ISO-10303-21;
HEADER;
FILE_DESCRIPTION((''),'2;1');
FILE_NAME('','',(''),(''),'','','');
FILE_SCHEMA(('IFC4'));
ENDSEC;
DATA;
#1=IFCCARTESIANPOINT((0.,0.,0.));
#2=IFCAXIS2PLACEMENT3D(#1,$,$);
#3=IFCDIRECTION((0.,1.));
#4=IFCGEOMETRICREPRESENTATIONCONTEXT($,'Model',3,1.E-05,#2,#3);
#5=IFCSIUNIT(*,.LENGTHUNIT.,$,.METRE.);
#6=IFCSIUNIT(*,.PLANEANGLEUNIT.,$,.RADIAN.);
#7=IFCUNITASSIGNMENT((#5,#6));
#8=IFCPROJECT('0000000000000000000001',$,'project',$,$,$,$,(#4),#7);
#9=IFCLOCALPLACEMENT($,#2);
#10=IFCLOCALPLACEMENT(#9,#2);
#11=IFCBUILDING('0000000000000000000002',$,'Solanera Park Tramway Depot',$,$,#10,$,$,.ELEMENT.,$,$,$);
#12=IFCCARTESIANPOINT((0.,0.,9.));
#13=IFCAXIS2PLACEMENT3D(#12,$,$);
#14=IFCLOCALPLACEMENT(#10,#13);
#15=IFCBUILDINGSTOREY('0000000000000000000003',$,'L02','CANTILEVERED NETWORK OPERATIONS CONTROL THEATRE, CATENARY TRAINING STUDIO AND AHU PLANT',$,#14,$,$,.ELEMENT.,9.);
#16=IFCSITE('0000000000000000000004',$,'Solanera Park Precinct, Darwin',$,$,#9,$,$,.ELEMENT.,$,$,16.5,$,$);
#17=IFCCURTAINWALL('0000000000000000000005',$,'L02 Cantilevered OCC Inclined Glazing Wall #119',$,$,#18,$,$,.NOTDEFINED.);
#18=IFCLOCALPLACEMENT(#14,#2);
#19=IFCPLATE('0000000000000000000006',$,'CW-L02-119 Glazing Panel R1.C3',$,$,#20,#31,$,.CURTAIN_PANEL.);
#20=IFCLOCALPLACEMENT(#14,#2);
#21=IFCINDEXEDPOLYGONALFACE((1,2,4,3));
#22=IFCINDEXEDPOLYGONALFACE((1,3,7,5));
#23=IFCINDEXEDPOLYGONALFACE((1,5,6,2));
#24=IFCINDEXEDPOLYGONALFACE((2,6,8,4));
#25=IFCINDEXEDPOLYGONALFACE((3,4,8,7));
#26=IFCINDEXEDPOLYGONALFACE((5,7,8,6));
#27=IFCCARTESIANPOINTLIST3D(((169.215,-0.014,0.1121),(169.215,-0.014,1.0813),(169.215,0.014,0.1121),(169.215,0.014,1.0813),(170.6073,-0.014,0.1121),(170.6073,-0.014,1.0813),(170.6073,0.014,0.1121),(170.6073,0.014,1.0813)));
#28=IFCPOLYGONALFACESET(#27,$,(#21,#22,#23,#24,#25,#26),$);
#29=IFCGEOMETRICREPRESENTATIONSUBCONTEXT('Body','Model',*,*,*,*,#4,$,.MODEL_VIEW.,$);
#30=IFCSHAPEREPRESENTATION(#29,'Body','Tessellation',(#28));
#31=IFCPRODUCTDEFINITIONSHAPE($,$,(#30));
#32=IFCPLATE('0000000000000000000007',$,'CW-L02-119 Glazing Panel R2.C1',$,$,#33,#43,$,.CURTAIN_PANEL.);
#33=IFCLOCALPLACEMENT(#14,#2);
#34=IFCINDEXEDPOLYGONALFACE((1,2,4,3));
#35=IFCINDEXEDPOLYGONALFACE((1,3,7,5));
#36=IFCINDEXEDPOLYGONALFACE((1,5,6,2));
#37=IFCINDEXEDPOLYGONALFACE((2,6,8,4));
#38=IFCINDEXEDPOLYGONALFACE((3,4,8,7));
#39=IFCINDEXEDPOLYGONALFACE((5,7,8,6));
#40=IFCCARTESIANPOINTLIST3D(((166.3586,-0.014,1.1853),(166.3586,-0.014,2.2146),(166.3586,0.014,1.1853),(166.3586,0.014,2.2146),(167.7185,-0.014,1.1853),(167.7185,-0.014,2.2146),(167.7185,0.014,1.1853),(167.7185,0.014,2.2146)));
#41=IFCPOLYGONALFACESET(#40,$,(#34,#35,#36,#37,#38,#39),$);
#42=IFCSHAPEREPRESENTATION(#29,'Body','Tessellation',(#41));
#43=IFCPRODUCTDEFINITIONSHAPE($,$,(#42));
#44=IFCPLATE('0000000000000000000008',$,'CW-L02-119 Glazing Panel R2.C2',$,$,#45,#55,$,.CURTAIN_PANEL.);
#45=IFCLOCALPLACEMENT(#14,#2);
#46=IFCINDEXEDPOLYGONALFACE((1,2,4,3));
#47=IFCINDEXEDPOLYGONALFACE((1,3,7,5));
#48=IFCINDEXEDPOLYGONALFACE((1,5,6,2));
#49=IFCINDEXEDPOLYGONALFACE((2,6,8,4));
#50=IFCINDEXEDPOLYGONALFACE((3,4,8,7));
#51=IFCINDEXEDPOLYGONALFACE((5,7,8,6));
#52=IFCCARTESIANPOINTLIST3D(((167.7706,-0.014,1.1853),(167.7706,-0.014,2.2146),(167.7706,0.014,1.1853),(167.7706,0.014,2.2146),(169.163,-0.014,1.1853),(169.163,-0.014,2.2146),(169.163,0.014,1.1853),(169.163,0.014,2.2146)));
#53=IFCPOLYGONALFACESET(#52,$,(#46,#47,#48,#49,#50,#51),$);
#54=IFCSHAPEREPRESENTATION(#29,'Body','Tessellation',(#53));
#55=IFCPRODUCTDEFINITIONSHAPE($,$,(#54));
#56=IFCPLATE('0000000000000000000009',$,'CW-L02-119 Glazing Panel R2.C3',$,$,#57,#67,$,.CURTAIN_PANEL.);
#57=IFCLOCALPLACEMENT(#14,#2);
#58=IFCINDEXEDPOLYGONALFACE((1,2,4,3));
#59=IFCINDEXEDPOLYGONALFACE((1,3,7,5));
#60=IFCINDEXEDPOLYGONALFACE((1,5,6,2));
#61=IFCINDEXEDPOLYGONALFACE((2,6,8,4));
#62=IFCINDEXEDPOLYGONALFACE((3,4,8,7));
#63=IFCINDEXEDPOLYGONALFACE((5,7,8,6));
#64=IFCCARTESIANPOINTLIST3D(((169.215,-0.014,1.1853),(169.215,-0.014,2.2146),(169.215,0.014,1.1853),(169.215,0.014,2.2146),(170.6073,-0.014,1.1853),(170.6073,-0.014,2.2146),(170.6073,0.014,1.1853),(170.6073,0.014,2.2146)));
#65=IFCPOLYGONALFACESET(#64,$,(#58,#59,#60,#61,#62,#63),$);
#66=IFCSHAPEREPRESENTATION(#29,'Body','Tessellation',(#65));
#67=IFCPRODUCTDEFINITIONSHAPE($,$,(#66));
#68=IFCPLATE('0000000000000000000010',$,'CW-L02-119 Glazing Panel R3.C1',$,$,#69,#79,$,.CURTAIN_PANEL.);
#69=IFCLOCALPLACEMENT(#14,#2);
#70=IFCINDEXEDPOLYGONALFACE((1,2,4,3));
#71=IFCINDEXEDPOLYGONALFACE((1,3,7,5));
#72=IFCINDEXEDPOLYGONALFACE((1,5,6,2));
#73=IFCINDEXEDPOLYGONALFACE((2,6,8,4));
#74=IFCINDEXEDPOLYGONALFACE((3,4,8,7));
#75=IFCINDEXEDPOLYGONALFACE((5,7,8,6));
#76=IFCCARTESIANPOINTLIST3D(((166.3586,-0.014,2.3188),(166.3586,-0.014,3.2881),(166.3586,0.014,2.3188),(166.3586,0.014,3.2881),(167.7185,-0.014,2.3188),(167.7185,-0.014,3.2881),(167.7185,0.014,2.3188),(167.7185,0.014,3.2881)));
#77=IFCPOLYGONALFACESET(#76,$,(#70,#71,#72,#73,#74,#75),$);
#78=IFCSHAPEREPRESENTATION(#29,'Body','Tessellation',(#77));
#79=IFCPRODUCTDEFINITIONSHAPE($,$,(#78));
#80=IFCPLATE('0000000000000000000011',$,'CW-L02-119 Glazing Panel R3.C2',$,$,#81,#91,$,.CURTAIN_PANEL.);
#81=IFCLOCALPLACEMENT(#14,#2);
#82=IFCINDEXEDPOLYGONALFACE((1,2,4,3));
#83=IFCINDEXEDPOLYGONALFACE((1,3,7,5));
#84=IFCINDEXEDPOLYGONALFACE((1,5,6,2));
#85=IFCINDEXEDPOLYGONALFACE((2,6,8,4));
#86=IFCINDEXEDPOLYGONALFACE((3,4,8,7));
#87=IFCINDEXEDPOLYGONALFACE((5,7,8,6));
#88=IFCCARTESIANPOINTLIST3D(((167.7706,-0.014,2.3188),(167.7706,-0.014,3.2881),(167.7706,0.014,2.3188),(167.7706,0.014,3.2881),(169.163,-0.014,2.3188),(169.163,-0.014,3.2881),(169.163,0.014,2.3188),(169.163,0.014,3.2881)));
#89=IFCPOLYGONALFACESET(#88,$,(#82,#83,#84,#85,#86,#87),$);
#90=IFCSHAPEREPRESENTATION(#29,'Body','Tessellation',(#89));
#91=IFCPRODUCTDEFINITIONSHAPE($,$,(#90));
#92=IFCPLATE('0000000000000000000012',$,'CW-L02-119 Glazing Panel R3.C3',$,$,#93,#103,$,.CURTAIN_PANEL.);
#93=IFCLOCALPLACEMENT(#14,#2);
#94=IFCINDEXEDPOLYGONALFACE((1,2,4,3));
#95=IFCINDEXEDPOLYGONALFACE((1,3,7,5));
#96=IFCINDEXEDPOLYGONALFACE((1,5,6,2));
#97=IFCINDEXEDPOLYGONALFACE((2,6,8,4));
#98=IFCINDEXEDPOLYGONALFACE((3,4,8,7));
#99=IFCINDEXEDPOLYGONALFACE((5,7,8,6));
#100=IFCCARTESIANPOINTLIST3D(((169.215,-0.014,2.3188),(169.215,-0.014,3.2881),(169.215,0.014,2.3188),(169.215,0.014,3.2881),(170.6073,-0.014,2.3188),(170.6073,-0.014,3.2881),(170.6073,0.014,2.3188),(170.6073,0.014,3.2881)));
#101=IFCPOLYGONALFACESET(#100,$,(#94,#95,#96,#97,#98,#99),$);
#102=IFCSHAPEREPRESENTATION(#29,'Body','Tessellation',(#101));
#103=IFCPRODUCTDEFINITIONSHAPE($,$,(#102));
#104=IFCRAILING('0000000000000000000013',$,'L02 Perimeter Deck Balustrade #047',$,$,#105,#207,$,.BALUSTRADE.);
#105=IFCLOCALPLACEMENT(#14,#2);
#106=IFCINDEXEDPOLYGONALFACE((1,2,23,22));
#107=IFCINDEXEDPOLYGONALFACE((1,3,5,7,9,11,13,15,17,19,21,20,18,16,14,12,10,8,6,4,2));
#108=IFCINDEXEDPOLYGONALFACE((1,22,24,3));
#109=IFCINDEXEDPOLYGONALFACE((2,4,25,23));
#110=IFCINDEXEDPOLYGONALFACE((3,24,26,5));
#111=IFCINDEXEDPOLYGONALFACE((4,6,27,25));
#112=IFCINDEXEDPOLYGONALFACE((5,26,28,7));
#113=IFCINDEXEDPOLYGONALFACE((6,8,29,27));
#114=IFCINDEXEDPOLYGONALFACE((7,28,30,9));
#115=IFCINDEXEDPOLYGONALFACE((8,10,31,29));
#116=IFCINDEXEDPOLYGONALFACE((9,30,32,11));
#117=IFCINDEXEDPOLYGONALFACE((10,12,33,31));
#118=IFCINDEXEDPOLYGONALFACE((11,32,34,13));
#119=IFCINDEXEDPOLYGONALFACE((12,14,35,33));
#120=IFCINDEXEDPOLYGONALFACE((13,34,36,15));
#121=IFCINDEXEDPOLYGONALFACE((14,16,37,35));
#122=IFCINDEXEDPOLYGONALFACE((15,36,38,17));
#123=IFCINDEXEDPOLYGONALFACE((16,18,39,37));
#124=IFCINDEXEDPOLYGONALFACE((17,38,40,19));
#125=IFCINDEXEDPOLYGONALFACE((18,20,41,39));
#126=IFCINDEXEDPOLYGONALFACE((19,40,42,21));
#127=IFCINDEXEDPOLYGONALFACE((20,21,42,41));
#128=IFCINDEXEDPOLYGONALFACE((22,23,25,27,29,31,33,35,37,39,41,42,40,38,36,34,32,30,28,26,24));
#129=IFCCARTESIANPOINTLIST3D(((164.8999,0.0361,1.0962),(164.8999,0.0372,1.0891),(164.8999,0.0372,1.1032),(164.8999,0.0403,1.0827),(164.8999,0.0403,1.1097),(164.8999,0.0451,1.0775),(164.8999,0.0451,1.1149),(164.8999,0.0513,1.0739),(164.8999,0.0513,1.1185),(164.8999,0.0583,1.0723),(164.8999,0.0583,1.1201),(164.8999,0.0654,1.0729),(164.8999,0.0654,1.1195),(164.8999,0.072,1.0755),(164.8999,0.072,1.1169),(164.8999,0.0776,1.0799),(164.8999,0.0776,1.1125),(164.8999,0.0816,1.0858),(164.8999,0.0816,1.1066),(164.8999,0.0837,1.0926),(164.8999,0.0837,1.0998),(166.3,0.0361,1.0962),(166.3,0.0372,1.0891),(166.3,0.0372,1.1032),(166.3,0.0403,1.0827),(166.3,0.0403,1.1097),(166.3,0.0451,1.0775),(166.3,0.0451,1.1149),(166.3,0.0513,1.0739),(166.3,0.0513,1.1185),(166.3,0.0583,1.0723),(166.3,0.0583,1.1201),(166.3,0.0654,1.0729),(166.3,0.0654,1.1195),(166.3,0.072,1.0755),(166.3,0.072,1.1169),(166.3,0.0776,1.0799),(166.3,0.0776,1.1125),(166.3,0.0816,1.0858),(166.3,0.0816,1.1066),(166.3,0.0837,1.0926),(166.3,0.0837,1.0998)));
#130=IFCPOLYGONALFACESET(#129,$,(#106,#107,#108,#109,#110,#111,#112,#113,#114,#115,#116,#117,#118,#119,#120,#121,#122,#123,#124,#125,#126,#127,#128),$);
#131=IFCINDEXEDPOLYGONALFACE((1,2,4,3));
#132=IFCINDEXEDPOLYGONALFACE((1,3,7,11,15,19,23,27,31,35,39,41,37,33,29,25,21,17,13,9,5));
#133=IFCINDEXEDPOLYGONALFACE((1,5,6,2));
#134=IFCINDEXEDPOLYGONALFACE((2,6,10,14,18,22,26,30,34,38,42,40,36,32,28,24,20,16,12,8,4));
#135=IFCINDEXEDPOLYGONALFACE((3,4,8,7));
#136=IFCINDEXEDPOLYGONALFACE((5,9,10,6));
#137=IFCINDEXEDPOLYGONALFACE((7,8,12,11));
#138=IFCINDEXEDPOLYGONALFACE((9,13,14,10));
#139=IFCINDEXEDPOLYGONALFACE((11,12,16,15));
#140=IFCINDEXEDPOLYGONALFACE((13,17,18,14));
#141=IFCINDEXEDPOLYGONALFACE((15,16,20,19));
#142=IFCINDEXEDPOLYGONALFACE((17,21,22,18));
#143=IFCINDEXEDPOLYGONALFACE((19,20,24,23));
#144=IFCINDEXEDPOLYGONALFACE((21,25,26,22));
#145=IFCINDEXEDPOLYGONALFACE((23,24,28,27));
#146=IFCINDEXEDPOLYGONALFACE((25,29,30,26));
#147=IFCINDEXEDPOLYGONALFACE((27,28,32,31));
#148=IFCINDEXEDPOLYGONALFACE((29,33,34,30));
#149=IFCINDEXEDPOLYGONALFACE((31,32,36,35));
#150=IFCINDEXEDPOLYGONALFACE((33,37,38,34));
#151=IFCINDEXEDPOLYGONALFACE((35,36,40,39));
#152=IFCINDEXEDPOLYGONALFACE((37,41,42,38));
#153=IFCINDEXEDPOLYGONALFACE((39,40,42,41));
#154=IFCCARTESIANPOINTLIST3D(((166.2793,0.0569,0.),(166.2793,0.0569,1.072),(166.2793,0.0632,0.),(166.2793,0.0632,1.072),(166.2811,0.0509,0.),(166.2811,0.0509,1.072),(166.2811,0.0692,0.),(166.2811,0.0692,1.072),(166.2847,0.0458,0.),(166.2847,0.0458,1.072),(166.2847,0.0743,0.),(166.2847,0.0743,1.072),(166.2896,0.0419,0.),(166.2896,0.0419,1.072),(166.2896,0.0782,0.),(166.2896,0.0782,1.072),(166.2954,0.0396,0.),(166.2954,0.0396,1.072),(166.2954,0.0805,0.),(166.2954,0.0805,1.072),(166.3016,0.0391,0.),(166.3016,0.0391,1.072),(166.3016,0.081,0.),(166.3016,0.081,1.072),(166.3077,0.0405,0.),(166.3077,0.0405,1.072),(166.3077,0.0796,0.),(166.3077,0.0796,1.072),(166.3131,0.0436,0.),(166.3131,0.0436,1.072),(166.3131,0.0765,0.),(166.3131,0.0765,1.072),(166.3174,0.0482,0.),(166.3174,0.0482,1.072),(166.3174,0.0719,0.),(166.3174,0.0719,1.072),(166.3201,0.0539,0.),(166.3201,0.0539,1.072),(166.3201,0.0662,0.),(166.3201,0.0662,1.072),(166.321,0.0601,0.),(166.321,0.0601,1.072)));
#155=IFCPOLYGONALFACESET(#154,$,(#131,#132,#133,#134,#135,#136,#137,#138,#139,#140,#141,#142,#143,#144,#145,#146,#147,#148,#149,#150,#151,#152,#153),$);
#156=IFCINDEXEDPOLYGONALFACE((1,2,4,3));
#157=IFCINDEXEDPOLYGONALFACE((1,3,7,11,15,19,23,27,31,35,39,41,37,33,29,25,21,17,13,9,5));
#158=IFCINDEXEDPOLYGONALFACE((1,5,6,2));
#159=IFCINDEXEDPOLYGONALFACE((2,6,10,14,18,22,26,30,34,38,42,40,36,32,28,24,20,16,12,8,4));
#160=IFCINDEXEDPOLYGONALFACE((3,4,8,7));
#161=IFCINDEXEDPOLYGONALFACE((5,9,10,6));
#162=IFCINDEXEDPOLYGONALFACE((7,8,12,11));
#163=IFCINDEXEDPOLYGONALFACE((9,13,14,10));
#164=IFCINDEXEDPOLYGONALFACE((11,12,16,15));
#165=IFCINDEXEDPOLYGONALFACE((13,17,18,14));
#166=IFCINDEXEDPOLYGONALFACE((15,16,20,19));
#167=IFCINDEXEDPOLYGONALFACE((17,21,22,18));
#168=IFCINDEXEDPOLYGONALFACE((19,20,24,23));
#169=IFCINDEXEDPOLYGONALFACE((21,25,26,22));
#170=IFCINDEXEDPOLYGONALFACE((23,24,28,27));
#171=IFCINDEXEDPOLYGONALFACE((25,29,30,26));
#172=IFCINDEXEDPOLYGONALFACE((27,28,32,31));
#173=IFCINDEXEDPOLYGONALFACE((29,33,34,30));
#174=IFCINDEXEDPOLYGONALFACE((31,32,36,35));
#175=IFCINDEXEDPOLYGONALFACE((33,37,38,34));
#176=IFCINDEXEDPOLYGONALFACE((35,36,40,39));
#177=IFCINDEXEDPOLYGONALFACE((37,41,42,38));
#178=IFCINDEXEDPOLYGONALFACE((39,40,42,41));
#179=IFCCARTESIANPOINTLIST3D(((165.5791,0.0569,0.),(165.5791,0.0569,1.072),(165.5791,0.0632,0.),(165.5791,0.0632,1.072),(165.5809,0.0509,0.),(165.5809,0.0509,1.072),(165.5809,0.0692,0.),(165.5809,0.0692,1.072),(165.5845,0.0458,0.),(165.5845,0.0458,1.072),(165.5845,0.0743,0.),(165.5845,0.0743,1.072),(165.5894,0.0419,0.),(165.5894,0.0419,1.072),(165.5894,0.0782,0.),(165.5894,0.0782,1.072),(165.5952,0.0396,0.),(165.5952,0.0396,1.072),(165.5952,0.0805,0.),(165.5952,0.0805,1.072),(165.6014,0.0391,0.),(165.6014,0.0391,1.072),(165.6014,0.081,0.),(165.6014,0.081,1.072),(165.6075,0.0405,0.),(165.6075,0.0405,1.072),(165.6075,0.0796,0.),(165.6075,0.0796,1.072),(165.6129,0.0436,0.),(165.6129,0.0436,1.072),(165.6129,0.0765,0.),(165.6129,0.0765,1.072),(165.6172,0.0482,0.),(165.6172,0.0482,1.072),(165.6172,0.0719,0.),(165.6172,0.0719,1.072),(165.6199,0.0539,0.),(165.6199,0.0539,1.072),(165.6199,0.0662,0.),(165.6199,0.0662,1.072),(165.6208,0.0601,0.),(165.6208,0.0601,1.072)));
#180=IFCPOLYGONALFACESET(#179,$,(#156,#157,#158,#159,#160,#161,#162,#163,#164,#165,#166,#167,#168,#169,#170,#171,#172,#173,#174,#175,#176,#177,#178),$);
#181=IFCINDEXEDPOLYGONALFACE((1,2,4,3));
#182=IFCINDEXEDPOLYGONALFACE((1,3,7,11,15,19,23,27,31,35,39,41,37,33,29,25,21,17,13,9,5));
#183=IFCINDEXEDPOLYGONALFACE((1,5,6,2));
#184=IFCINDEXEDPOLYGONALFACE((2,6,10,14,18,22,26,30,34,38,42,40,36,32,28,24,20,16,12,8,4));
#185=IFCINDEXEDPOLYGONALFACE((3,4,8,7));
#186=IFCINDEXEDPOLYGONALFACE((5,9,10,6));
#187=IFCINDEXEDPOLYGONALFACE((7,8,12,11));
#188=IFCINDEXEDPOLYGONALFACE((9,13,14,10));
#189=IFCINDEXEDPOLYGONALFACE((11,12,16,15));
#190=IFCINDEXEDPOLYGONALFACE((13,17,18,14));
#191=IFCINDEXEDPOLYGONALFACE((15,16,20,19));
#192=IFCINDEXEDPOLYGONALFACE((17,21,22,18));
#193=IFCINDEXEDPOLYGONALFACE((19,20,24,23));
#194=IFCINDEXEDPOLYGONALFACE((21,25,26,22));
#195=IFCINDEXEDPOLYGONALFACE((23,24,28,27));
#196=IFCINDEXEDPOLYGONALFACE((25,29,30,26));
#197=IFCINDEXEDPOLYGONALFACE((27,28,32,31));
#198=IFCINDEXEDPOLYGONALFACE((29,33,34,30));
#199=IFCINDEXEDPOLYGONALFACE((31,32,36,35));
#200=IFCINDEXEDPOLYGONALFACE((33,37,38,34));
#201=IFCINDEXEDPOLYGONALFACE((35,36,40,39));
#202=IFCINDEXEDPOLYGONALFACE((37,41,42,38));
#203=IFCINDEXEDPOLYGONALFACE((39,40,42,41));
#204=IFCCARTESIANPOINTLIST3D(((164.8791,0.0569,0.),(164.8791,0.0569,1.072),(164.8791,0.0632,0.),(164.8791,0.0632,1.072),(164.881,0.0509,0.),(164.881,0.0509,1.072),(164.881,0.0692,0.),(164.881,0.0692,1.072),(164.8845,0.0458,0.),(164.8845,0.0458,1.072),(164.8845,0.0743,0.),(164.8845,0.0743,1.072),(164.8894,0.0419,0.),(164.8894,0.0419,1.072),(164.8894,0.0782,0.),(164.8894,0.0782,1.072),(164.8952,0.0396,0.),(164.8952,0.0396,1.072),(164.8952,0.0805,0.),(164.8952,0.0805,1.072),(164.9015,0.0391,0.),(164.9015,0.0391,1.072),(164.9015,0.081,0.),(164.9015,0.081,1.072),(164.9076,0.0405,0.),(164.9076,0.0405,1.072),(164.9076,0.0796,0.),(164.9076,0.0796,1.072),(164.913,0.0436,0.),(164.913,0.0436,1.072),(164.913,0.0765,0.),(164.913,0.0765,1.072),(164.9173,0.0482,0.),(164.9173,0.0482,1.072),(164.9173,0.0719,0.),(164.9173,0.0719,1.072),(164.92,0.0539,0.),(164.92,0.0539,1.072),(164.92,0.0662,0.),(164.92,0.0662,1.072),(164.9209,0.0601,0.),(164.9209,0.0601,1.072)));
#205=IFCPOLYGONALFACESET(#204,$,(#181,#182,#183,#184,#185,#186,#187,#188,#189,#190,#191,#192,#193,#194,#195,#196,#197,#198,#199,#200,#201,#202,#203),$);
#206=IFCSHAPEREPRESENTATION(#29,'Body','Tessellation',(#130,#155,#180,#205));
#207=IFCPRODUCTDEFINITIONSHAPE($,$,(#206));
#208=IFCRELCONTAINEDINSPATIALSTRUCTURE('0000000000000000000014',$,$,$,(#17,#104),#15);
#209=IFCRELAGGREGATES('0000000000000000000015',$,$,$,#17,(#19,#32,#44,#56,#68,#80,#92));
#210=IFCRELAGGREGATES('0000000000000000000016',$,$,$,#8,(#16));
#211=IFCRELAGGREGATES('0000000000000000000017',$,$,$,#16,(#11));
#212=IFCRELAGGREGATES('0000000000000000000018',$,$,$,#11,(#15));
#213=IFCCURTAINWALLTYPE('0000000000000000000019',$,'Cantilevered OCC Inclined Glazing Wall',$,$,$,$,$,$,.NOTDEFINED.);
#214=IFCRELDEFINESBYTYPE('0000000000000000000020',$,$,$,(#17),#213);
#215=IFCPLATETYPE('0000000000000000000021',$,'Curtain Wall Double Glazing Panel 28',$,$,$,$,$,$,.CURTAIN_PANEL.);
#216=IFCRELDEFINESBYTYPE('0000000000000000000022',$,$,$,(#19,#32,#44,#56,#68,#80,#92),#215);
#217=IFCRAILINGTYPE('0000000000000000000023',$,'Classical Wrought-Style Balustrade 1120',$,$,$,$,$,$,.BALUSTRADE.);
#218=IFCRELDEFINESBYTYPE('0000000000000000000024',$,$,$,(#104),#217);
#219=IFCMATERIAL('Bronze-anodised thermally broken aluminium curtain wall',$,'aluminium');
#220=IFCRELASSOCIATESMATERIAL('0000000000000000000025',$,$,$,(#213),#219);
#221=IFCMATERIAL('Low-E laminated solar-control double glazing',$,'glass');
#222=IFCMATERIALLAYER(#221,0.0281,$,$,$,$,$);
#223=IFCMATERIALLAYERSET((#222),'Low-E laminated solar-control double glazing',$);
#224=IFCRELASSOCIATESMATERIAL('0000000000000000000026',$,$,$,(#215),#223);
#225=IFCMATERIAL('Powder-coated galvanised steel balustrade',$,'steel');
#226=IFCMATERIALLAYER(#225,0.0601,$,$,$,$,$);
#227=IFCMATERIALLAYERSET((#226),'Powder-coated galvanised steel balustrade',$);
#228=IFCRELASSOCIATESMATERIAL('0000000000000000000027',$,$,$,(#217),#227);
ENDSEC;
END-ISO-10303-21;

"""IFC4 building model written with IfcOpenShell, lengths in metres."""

from ifc_helpers import new_model, si_unit, direction, frame, origin, origin_2d, place, context, subcontext, project, spatial, rectangle, circle, extrude, material, layer, layer_set, type_object, element, aggregate, save


model = new_model("IFC4")

# Units and contexts
model_context = context("Model", 3, precision=1e-05, world=origin(), true_north=direction((0.0, 1.0)))
body_context = subcontext(model_context, "Body", "Model", "MODEL_VIEW")
ifc_project = project(units=[si_unit("LENGTHUNIT", "METRE"), si_unit("PLANEANGLEUNIT", "RADIAN")], contexts=[model_context])

# Site, building, storey
site_placement = place(None, origin())
site = spatial("IfcSite", under=ifc_project, at=site_placement, Name="Solanera Park Precinct, Darwin", CompositionType="ELEMENT", RefElevation=16.5)
building_placement = place(site_placement, origin())
building = spatial("IfcBuilding", under=site, at=building_placement, Name="Solanera Park Tramway Depot", CompositionType="ELEMENT")
storey_placement = place(building_placement, frame((0.0, 0.0, 9.0)))
storey = spatial("IfcBuildingStorey", under=building, at=storey_placement, Name="L02", Description="CANTILEVERED NETWORK OPERATIONS CONTROL THEATRE, CATENARY TRAINING STUDIO AND AHU PLANT", CompositionType="ELEMENT", Elevation=9.0)

# Curtain wall
ifc_material_1 = material(Name="Bronze-anodised thermally broken aluminium curtain wall", Category="aluminium")
curtain_wall_type = type_object("IfcCurtainWallType", Name="Cantilevered OCC Inclined Glazing Wall", PredefinedType="NOTDEFINED", material=ifc_material_1)
curtain_wall_placement = place(storey_placement, origin())
curtain_wall = element("IfcCurtainWall", 1, at=curtain_wall_placement, inside=storey, type_object=curtain_wall_type, Name="L02 Cantilevered OCC Inclined Glazing Wall #119", PredefinedType="NOTDEFINED")

# Plates
ifc_material_2 = material(Name="Low-E laminated solar-control double glazing", Category="glass")
ifc_layer_1 = layer(ifc_material_2, 0.0281)
ifc_layer_set_1 = layer_set([ifc_layer_1], Name="Low-E laminated solar-control double glazing")
plate_type = type_object("IfcPlateType", Name="Curtain Wall Double Glazing Panel 28", PredefinedType="CURTAIN_PANEL", material=ifc_layer_set_1)
plate_1_placement = place(storey_placement, frame((169.9111, 0.0, 0.1121), z_axis=(0.0, 0.0, 1.0), x_axis=(1.0, 0.0, 0.0)))
plate_1 = element("IfcPlate", 2, at=plate_1_placement, type_object=plate_type, Name="CW-L02-119 Glazing Panel R1.C3", PredefinedType="CURTAIN_PANEL", context=body_context, shape_type="SweptSolid", body=[
    extrude(rectangle(XDim=1.3923, YDim=0.0281, at=origin_2d()), origin(), (0.0, 0.0, 1.0), 0.9692),
])
plate_2_placement = place(storey_placement, frame((167.0386, 0.0, 1.1853), z_axis=(0.0, 0.0, 1.0), x_axis=(1.0, 0.0, 0.0)))
plate_2 = element("IfcPlate", 3, at=plate_2_placement, type_object=plate_type, Name="CW-L02-119 Glazing Panel R2.C1", PredefinedType="CURTAIN_PANEL", context=body_context, shape_type="SweptSolid", body=[
    extrude(rectangle(XDim=1.3599, YDim=0.0281, at=origin_2d()), origin(), (0.0, 0.0, 1.0), 1.0293),
])
plate_3_placement = place(storey_placement, frame((168.4668, 0.0, 1.1853), z_axis=(0.0, 0.0, 1.0), x_axis=(1.0, 0.0, 0.0)))
plate_3 = element("IfcPlate", 4, at=plate_3_placement, type_object=plate_type, Name="CW-L02-119 Glazing Panel R2.C2", PredefinedType="CURTAIN_PANEL", context=body_context, shape_type="SweptSolid", body=[
    extrude(rectangle(XDim=1.3923, YDim=0.0281, at=origin_2d()), origin(), (0.0, 0.0, 1.0), 1.0293),
])
plate_4_placement = place(storey_placement, frame((169.9111, 0.0, 1.1853), z_axis=(0.0, 0.0, 1.0), x_axis=(1.0, 0.0, 0.0)))
plate_4 = element("IfcPlate", 5, at=plate_4_placement, type_object=plate_type, Name="CW-L02-119 Glazing Panel R2.C3", PredefinedType="CURTAIN_PANEL", context=body_context, shape_type="SweptSolid", body=[
    extrude(rectangle(XDim=1.3923, YDim=0.0281, at=origin_2d()), origin(), (0.0, 0.0, 1.0), 1.0293),
])
plate_5_placement = place(storey_placement, frame((167.0386, 0.0, 2.3188), z_axis=(0.0, 0.0, 1.0), x_axis=(1.0, 0.0, 0.0)))
plate_5 = element("IfcPlate", 6, at=plate_5_placement, type_object=plate_type, Name="CW-L02-119 Glazing Panel R3.C1", PredefinedType="CURTAIN_PANEL", context=body_context, shape_type="SweptSolid", body=[
    extrude(rectangle(XDim=1.3599, YDim=0.0281, at=origin_2d()), origin(), (0.0, 0.0, 1.0), 0.9692),
])
plate_6_placement = place(storey_placement, frame((168.4668, 0.0, 2.3188), z_axis=(0.0, 0.0, 1.0), x_axis=(1.0, 0.0, 0.0)))
plate_6 = element("IfcPlate", 7, at=plate_6_placement, type_object=plate_type, Name="CW-L02-119 Glazing Panel R3.C2", PredefinedType="CURTAIN_PANEL", context=body_context, shape_type="SweptSolid", body=[
    extrude(rectangle(XDim=1.3923, YDim=0.0281, at=origin_2d()), origin(), (0.0, 0.0, 1.0), 0.9692),
])
plate_7_placement = place(storey_placement, frame((169.9111, 0.0, 2.3188), z_axis=(0.0, 0.0, 1.0), x_axis=(1.0, 0.0, 0.0)))
plate_7 = element("IfcPlate", 8, at=plate_7_placement, type_object=plate_type, Name="CW-L02-119 Glazing Panel R3.C3", PredefinedType="CURTAIN_PANEL", context=body_context, shape_type="SweptSolid", body=[
    extrude(rectangle(XDim=1.3923, YDim=0.0281, at=origin_2d()), origin(), (0.0, 0.0, 1.0), 0.9692),
])
aggregate(curtain_wall, [plate_1, plate_2, plate_3, plate_4, plate_5, plate_6, plate_7])

# Railing
ifc_material_3 = material(Name="Powder-coated galvanised steel balustrade", Category="steel")
ifc_layer_2 = layer(ifc_material_3, 0.0601)
ifc_layer_set_2 = layer_set([ifc_layer_2], Name="Powder-coated galvanised steel balustrade")
railing_type = type_object("IfcRailingType", Name="Classical Wrought-Style Balustrade 1120", PredefinedType="BALUSTRADE", material=ifc_layer_set_2)
railing_placement = place(storey_placement, frame((166.3, 0.0601, 0.0)))
element("IfcRailing", 9, at=railing_placement, inside=storey, type_object=railing_type, Name="L02 Perimeter Deck Balustrade #047", PredefinedType="BALUSTRADE", context=body_context, shape_type="SweptSolid", body=[
    extrude(circle(Radius=0.0239, at=origin_2d()), frame((0.0, 0.0, 1.0962), z_axis=(-1.0, 0.0, 0.0), x_axis=(0.0, -1.0, 0.0)), (0.0, 0.0, 1.0), 1.4001),
    extrude(circle(Radius=0.021, at=origin_2d()), origin(), (0.0, 0.0, 1.0), 1.072),
    extrude(circle(Radius=0.021, at=origin_2d()), frame((-0.7002, 0.0, 0.0)), (0.0, 0.0, 1.0), 1.072),
    extrude(circle(Radius=0.021, at=origin_2d()), frame((-1.4001, 0.0, 0.0)), (0.0, 0.0, 1.0), 1.072),
])

save(model, "model.ifc")
